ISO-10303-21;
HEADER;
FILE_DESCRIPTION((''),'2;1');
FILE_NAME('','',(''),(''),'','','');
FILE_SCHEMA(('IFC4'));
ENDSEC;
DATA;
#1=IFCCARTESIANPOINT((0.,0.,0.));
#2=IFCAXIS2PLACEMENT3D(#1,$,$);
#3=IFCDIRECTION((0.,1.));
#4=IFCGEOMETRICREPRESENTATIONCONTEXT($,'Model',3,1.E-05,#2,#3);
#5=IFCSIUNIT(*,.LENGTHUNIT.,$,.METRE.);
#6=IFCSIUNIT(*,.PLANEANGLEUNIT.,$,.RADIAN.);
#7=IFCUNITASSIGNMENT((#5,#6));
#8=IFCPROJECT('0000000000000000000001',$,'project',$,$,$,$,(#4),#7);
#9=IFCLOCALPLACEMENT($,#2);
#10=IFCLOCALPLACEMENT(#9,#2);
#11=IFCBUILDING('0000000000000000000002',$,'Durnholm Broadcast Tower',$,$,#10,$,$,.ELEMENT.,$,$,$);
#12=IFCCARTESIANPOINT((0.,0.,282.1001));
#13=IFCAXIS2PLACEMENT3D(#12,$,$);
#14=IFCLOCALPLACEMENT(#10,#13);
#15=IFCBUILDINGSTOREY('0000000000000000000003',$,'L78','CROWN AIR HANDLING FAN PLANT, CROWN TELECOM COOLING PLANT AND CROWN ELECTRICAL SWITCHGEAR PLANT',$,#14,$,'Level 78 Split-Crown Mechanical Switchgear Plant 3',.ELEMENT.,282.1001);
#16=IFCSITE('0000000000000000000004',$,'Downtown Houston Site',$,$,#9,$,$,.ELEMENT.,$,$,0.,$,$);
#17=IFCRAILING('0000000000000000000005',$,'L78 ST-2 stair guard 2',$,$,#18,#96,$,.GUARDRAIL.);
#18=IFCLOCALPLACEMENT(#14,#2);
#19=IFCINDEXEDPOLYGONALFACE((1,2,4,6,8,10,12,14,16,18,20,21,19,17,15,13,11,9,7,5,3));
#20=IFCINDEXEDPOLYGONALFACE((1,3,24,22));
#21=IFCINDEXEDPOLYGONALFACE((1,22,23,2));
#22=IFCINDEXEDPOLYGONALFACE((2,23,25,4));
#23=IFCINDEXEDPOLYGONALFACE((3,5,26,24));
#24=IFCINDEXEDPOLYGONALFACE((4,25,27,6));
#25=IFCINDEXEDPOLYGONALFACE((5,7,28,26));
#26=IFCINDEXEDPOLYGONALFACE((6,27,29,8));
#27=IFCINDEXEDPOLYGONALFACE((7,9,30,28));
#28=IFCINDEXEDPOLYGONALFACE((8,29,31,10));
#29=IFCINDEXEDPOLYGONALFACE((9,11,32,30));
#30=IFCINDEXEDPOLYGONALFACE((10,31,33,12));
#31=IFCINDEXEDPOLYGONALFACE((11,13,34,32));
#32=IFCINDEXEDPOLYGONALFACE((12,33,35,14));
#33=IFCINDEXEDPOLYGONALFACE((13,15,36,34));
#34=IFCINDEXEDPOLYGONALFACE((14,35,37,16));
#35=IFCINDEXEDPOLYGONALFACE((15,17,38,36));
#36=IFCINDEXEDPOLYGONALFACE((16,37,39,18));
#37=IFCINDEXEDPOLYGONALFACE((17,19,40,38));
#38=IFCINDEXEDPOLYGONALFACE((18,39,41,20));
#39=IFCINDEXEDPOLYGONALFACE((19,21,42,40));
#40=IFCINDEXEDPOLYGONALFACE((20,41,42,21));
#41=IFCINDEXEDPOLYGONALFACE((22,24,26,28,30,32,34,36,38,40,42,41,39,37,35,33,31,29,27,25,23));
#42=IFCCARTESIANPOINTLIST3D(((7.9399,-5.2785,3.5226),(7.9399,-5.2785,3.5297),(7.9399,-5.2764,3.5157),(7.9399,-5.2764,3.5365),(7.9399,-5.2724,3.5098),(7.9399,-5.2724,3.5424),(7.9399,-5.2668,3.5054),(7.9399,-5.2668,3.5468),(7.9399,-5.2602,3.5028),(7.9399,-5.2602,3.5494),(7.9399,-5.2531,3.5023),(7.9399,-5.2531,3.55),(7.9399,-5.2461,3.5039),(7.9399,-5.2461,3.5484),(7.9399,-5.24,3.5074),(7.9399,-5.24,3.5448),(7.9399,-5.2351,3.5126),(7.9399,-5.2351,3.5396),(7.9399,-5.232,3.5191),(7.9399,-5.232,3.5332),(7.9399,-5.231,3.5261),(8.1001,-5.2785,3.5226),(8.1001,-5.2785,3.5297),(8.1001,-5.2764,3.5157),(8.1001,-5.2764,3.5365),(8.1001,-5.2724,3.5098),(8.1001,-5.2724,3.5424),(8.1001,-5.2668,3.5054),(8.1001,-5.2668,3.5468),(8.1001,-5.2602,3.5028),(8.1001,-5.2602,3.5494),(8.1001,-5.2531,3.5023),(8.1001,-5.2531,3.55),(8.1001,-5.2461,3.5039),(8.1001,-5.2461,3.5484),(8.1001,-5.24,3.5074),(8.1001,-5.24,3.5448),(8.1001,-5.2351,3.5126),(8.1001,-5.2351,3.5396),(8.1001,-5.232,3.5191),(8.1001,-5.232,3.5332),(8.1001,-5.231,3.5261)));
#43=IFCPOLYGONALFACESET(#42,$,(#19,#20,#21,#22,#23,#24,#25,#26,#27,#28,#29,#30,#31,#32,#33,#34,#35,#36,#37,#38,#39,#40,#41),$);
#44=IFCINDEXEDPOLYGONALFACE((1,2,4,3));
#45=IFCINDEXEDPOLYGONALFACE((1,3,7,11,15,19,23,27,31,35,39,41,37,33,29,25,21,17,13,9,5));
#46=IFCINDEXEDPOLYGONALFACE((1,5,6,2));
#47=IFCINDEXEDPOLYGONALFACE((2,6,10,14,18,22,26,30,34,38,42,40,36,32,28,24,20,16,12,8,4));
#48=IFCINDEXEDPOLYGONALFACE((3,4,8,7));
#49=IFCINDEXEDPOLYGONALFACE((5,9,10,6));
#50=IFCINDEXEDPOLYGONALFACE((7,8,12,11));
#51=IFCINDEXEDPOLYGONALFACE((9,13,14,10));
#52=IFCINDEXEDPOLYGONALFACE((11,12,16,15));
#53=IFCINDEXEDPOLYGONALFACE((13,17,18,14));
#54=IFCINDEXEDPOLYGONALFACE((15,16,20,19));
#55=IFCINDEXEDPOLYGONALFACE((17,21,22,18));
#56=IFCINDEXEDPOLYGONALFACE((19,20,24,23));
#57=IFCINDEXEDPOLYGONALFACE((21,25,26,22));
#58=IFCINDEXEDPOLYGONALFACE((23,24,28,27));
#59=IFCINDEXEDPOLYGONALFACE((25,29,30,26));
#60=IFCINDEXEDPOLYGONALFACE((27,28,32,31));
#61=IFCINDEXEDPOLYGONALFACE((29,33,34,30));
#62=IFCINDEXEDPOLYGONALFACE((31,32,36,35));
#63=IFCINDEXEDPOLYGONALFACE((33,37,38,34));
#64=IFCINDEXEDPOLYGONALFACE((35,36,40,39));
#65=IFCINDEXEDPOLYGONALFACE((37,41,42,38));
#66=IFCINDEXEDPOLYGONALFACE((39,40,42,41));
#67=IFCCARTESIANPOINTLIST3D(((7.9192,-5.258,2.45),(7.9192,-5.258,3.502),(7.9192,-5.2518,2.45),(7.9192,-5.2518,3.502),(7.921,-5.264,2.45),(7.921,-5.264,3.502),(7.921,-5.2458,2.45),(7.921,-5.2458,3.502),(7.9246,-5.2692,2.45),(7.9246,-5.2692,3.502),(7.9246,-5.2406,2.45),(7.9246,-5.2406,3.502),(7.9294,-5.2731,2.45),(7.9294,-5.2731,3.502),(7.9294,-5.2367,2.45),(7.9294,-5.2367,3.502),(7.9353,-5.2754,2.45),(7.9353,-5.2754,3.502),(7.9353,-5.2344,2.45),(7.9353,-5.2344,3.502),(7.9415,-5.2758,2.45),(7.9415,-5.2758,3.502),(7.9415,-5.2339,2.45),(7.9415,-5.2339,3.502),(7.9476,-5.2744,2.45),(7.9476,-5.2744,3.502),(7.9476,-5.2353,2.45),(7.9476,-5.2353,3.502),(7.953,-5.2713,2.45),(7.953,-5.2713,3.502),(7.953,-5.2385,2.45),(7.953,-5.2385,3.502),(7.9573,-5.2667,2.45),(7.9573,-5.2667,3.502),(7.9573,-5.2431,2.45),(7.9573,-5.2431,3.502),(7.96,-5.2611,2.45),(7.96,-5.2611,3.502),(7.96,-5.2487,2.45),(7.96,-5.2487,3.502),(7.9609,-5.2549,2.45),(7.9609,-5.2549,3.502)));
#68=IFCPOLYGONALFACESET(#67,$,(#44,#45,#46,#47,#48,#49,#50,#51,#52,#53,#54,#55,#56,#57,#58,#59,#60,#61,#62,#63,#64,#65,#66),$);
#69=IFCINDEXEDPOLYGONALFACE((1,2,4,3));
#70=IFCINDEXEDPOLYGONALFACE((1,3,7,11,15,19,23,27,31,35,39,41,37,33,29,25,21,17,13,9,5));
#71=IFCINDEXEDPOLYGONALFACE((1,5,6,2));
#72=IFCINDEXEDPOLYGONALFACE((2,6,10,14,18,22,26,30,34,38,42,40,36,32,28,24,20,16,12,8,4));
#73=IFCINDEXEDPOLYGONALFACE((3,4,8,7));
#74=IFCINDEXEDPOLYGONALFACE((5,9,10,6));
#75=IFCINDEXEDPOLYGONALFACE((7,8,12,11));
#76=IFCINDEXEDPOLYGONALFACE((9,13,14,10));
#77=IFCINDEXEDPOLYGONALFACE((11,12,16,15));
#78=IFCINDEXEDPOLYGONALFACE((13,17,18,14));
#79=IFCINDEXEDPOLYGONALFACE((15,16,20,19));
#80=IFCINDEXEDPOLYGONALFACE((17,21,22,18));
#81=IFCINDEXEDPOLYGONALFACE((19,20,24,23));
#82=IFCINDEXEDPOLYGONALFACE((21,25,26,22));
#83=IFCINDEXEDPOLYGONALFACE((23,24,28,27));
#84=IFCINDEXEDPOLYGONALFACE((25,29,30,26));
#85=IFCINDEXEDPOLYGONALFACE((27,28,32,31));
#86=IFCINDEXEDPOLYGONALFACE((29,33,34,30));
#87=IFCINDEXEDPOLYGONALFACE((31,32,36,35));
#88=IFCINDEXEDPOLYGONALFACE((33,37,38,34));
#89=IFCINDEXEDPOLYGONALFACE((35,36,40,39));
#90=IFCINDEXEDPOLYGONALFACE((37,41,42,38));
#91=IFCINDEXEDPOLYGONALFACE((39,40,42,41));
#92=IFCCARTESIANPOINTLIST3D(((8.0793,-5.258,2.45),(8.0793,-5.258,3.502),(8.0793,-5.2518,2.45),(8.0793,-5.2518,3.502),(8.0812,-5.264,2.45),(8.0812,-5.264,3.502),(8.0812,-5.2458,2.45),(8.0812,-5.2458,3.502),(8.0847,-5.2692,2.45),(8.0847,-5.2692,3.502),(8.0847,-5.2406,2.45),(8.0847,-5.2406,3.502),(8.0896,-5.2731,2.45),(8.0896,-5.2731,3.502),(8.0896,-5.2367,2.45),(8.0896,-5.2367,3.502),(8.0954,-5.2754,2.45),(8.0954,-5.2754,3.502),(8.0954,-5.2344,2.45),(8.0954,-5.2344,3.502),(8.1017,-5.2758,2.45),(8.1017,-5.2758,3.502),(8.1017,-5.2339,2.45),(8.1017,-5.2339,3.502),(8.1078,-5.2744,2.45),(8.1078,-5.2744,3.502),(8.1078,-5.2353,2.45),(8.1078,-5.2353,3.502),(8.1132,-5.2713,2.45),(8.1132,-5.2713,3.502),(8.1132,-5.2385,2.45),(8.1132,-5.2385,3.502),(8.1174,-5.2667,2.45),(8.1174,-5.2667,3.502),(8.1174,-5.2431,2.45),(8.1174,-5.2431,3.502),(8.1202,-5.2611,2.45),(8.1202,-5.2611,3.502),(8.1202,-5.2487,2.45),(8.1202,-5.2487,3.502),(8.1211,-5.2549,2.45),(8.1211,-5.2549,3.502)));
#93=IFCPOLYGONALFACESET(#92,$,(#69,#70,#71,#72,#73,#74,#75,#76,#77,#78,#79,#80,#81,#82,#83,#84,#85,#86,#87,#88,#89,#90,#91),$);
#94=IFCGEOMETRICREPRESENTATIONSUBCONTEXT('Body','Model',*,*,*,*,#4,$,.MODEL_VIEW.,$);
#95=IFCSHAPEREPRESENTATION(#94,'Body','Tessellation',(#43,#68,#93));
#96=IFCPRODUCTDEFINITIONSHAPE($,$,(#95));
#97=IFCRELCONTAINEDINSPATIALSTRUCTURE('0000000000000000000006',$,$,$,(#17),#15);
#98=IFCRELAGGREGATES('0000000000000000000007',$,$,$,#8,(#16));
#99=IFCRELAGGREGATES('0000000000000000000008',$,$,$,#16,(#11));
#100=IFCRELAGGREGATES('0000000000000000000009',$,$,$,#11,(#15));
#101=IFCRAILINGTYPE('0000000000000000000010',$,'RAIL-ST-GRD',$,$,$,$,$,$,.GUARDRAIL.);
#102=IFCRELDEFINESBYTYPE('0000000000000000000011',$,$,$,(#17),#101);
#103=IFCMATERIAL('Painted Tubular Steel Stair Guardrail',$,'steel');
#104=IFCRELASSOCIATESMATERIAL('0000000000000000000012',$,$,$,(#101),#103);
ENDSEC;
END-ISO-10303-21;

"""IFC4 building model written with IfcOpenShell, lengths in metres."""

from ifc_helpers import new_model, si_unit, direction, frame, origin, origin_2d, place, context, subcontext, project, spatial, circle, extrude, material, type_object, element, save


model = new_model("IFC4")

# Units and contexts
model_context = context("Model", 3, precision=1e-05, world=origin(), true_north=direction((0.0, 1.0)))
body_context = subcontext(model_context, "Body", "Model", "MODEL_VIEW")
ifc_project = project(units=[si_unit("LENGTHUNIT", "METRE"), si_unit("PLANEANGLEUNIT", "RADIAN")], contexts=[model_context])

# Site, building, storey
site_placement = place(None, origin())
site = spatial("IfcSite", under=ifc_project, at=site_placement, Name="Downtown Houston Site", CompositionType="ELEMENT", RefElevation=0.0)
building_placement = place(site_placement, origin())
building = spatial("IfcBuilding", under=site, at=building_placement, Name="Durnholm Broadcast Tower", CompositionType="ELEMENT")
storey_placement = place(building_placement, frame((0.0, 0.0, 282.1001)))
storey = spatial("IfcBuildingStorey", under=building, at=storey_placement, Name="L78", Description="CROWN AIR HANDLING FAN PLANT, CROWN TELECOM COOLING PLANT AND CROWN ELECTRICAL SWITCHGEAR PLANT", LongName="Level 78 Split-Crown Mechanical Switchgear Plant 3", CompositionType="ELEMENT", Elevation=282.1001)

# Railing
ifc_material_1 = material(Name="Painted Tubular Steel Stair Guardrail", Category="steel")
railing_type_1 = type_object("IfcRailingType", Name="RAIL-ST-GRD", PredefinedType="GUARDRAIL", material=ifc_material_1)
railing_1_placement = place(storey_placement, frame((7.9399, -5.2549, 2.45)))
element("IfcRailing", 1, at=railing_1_placement, inside=storey, type_object=railing_type_1, Name="L78 ST-2 stair guard 2", PredefinedType="GUARDRAIL", context=body_context, shape_type="SweptSolid", body=[
    extrude(circle(Radius=0.0239, at=origin_2d()), frame((0.0, 0.0, 1.0762), z_axis=(1.0, 0.0, 0.0), x_axis=(0.0, 1.0, 0.0)), (0.0, 0.0, 1.0), 0.1602),
    extrude(circle(Radius=0.021, at=origin_2d()), origin(), (0.0, 0.0, 1.0), 1.052),
    extrude(circle(Radius=0.021, at=origin_2d()), frame((0.1602, 0.0, 0.0)), (0.0, 0.0, 1.0), 1.052),
])

save(model, "model.ifc")
